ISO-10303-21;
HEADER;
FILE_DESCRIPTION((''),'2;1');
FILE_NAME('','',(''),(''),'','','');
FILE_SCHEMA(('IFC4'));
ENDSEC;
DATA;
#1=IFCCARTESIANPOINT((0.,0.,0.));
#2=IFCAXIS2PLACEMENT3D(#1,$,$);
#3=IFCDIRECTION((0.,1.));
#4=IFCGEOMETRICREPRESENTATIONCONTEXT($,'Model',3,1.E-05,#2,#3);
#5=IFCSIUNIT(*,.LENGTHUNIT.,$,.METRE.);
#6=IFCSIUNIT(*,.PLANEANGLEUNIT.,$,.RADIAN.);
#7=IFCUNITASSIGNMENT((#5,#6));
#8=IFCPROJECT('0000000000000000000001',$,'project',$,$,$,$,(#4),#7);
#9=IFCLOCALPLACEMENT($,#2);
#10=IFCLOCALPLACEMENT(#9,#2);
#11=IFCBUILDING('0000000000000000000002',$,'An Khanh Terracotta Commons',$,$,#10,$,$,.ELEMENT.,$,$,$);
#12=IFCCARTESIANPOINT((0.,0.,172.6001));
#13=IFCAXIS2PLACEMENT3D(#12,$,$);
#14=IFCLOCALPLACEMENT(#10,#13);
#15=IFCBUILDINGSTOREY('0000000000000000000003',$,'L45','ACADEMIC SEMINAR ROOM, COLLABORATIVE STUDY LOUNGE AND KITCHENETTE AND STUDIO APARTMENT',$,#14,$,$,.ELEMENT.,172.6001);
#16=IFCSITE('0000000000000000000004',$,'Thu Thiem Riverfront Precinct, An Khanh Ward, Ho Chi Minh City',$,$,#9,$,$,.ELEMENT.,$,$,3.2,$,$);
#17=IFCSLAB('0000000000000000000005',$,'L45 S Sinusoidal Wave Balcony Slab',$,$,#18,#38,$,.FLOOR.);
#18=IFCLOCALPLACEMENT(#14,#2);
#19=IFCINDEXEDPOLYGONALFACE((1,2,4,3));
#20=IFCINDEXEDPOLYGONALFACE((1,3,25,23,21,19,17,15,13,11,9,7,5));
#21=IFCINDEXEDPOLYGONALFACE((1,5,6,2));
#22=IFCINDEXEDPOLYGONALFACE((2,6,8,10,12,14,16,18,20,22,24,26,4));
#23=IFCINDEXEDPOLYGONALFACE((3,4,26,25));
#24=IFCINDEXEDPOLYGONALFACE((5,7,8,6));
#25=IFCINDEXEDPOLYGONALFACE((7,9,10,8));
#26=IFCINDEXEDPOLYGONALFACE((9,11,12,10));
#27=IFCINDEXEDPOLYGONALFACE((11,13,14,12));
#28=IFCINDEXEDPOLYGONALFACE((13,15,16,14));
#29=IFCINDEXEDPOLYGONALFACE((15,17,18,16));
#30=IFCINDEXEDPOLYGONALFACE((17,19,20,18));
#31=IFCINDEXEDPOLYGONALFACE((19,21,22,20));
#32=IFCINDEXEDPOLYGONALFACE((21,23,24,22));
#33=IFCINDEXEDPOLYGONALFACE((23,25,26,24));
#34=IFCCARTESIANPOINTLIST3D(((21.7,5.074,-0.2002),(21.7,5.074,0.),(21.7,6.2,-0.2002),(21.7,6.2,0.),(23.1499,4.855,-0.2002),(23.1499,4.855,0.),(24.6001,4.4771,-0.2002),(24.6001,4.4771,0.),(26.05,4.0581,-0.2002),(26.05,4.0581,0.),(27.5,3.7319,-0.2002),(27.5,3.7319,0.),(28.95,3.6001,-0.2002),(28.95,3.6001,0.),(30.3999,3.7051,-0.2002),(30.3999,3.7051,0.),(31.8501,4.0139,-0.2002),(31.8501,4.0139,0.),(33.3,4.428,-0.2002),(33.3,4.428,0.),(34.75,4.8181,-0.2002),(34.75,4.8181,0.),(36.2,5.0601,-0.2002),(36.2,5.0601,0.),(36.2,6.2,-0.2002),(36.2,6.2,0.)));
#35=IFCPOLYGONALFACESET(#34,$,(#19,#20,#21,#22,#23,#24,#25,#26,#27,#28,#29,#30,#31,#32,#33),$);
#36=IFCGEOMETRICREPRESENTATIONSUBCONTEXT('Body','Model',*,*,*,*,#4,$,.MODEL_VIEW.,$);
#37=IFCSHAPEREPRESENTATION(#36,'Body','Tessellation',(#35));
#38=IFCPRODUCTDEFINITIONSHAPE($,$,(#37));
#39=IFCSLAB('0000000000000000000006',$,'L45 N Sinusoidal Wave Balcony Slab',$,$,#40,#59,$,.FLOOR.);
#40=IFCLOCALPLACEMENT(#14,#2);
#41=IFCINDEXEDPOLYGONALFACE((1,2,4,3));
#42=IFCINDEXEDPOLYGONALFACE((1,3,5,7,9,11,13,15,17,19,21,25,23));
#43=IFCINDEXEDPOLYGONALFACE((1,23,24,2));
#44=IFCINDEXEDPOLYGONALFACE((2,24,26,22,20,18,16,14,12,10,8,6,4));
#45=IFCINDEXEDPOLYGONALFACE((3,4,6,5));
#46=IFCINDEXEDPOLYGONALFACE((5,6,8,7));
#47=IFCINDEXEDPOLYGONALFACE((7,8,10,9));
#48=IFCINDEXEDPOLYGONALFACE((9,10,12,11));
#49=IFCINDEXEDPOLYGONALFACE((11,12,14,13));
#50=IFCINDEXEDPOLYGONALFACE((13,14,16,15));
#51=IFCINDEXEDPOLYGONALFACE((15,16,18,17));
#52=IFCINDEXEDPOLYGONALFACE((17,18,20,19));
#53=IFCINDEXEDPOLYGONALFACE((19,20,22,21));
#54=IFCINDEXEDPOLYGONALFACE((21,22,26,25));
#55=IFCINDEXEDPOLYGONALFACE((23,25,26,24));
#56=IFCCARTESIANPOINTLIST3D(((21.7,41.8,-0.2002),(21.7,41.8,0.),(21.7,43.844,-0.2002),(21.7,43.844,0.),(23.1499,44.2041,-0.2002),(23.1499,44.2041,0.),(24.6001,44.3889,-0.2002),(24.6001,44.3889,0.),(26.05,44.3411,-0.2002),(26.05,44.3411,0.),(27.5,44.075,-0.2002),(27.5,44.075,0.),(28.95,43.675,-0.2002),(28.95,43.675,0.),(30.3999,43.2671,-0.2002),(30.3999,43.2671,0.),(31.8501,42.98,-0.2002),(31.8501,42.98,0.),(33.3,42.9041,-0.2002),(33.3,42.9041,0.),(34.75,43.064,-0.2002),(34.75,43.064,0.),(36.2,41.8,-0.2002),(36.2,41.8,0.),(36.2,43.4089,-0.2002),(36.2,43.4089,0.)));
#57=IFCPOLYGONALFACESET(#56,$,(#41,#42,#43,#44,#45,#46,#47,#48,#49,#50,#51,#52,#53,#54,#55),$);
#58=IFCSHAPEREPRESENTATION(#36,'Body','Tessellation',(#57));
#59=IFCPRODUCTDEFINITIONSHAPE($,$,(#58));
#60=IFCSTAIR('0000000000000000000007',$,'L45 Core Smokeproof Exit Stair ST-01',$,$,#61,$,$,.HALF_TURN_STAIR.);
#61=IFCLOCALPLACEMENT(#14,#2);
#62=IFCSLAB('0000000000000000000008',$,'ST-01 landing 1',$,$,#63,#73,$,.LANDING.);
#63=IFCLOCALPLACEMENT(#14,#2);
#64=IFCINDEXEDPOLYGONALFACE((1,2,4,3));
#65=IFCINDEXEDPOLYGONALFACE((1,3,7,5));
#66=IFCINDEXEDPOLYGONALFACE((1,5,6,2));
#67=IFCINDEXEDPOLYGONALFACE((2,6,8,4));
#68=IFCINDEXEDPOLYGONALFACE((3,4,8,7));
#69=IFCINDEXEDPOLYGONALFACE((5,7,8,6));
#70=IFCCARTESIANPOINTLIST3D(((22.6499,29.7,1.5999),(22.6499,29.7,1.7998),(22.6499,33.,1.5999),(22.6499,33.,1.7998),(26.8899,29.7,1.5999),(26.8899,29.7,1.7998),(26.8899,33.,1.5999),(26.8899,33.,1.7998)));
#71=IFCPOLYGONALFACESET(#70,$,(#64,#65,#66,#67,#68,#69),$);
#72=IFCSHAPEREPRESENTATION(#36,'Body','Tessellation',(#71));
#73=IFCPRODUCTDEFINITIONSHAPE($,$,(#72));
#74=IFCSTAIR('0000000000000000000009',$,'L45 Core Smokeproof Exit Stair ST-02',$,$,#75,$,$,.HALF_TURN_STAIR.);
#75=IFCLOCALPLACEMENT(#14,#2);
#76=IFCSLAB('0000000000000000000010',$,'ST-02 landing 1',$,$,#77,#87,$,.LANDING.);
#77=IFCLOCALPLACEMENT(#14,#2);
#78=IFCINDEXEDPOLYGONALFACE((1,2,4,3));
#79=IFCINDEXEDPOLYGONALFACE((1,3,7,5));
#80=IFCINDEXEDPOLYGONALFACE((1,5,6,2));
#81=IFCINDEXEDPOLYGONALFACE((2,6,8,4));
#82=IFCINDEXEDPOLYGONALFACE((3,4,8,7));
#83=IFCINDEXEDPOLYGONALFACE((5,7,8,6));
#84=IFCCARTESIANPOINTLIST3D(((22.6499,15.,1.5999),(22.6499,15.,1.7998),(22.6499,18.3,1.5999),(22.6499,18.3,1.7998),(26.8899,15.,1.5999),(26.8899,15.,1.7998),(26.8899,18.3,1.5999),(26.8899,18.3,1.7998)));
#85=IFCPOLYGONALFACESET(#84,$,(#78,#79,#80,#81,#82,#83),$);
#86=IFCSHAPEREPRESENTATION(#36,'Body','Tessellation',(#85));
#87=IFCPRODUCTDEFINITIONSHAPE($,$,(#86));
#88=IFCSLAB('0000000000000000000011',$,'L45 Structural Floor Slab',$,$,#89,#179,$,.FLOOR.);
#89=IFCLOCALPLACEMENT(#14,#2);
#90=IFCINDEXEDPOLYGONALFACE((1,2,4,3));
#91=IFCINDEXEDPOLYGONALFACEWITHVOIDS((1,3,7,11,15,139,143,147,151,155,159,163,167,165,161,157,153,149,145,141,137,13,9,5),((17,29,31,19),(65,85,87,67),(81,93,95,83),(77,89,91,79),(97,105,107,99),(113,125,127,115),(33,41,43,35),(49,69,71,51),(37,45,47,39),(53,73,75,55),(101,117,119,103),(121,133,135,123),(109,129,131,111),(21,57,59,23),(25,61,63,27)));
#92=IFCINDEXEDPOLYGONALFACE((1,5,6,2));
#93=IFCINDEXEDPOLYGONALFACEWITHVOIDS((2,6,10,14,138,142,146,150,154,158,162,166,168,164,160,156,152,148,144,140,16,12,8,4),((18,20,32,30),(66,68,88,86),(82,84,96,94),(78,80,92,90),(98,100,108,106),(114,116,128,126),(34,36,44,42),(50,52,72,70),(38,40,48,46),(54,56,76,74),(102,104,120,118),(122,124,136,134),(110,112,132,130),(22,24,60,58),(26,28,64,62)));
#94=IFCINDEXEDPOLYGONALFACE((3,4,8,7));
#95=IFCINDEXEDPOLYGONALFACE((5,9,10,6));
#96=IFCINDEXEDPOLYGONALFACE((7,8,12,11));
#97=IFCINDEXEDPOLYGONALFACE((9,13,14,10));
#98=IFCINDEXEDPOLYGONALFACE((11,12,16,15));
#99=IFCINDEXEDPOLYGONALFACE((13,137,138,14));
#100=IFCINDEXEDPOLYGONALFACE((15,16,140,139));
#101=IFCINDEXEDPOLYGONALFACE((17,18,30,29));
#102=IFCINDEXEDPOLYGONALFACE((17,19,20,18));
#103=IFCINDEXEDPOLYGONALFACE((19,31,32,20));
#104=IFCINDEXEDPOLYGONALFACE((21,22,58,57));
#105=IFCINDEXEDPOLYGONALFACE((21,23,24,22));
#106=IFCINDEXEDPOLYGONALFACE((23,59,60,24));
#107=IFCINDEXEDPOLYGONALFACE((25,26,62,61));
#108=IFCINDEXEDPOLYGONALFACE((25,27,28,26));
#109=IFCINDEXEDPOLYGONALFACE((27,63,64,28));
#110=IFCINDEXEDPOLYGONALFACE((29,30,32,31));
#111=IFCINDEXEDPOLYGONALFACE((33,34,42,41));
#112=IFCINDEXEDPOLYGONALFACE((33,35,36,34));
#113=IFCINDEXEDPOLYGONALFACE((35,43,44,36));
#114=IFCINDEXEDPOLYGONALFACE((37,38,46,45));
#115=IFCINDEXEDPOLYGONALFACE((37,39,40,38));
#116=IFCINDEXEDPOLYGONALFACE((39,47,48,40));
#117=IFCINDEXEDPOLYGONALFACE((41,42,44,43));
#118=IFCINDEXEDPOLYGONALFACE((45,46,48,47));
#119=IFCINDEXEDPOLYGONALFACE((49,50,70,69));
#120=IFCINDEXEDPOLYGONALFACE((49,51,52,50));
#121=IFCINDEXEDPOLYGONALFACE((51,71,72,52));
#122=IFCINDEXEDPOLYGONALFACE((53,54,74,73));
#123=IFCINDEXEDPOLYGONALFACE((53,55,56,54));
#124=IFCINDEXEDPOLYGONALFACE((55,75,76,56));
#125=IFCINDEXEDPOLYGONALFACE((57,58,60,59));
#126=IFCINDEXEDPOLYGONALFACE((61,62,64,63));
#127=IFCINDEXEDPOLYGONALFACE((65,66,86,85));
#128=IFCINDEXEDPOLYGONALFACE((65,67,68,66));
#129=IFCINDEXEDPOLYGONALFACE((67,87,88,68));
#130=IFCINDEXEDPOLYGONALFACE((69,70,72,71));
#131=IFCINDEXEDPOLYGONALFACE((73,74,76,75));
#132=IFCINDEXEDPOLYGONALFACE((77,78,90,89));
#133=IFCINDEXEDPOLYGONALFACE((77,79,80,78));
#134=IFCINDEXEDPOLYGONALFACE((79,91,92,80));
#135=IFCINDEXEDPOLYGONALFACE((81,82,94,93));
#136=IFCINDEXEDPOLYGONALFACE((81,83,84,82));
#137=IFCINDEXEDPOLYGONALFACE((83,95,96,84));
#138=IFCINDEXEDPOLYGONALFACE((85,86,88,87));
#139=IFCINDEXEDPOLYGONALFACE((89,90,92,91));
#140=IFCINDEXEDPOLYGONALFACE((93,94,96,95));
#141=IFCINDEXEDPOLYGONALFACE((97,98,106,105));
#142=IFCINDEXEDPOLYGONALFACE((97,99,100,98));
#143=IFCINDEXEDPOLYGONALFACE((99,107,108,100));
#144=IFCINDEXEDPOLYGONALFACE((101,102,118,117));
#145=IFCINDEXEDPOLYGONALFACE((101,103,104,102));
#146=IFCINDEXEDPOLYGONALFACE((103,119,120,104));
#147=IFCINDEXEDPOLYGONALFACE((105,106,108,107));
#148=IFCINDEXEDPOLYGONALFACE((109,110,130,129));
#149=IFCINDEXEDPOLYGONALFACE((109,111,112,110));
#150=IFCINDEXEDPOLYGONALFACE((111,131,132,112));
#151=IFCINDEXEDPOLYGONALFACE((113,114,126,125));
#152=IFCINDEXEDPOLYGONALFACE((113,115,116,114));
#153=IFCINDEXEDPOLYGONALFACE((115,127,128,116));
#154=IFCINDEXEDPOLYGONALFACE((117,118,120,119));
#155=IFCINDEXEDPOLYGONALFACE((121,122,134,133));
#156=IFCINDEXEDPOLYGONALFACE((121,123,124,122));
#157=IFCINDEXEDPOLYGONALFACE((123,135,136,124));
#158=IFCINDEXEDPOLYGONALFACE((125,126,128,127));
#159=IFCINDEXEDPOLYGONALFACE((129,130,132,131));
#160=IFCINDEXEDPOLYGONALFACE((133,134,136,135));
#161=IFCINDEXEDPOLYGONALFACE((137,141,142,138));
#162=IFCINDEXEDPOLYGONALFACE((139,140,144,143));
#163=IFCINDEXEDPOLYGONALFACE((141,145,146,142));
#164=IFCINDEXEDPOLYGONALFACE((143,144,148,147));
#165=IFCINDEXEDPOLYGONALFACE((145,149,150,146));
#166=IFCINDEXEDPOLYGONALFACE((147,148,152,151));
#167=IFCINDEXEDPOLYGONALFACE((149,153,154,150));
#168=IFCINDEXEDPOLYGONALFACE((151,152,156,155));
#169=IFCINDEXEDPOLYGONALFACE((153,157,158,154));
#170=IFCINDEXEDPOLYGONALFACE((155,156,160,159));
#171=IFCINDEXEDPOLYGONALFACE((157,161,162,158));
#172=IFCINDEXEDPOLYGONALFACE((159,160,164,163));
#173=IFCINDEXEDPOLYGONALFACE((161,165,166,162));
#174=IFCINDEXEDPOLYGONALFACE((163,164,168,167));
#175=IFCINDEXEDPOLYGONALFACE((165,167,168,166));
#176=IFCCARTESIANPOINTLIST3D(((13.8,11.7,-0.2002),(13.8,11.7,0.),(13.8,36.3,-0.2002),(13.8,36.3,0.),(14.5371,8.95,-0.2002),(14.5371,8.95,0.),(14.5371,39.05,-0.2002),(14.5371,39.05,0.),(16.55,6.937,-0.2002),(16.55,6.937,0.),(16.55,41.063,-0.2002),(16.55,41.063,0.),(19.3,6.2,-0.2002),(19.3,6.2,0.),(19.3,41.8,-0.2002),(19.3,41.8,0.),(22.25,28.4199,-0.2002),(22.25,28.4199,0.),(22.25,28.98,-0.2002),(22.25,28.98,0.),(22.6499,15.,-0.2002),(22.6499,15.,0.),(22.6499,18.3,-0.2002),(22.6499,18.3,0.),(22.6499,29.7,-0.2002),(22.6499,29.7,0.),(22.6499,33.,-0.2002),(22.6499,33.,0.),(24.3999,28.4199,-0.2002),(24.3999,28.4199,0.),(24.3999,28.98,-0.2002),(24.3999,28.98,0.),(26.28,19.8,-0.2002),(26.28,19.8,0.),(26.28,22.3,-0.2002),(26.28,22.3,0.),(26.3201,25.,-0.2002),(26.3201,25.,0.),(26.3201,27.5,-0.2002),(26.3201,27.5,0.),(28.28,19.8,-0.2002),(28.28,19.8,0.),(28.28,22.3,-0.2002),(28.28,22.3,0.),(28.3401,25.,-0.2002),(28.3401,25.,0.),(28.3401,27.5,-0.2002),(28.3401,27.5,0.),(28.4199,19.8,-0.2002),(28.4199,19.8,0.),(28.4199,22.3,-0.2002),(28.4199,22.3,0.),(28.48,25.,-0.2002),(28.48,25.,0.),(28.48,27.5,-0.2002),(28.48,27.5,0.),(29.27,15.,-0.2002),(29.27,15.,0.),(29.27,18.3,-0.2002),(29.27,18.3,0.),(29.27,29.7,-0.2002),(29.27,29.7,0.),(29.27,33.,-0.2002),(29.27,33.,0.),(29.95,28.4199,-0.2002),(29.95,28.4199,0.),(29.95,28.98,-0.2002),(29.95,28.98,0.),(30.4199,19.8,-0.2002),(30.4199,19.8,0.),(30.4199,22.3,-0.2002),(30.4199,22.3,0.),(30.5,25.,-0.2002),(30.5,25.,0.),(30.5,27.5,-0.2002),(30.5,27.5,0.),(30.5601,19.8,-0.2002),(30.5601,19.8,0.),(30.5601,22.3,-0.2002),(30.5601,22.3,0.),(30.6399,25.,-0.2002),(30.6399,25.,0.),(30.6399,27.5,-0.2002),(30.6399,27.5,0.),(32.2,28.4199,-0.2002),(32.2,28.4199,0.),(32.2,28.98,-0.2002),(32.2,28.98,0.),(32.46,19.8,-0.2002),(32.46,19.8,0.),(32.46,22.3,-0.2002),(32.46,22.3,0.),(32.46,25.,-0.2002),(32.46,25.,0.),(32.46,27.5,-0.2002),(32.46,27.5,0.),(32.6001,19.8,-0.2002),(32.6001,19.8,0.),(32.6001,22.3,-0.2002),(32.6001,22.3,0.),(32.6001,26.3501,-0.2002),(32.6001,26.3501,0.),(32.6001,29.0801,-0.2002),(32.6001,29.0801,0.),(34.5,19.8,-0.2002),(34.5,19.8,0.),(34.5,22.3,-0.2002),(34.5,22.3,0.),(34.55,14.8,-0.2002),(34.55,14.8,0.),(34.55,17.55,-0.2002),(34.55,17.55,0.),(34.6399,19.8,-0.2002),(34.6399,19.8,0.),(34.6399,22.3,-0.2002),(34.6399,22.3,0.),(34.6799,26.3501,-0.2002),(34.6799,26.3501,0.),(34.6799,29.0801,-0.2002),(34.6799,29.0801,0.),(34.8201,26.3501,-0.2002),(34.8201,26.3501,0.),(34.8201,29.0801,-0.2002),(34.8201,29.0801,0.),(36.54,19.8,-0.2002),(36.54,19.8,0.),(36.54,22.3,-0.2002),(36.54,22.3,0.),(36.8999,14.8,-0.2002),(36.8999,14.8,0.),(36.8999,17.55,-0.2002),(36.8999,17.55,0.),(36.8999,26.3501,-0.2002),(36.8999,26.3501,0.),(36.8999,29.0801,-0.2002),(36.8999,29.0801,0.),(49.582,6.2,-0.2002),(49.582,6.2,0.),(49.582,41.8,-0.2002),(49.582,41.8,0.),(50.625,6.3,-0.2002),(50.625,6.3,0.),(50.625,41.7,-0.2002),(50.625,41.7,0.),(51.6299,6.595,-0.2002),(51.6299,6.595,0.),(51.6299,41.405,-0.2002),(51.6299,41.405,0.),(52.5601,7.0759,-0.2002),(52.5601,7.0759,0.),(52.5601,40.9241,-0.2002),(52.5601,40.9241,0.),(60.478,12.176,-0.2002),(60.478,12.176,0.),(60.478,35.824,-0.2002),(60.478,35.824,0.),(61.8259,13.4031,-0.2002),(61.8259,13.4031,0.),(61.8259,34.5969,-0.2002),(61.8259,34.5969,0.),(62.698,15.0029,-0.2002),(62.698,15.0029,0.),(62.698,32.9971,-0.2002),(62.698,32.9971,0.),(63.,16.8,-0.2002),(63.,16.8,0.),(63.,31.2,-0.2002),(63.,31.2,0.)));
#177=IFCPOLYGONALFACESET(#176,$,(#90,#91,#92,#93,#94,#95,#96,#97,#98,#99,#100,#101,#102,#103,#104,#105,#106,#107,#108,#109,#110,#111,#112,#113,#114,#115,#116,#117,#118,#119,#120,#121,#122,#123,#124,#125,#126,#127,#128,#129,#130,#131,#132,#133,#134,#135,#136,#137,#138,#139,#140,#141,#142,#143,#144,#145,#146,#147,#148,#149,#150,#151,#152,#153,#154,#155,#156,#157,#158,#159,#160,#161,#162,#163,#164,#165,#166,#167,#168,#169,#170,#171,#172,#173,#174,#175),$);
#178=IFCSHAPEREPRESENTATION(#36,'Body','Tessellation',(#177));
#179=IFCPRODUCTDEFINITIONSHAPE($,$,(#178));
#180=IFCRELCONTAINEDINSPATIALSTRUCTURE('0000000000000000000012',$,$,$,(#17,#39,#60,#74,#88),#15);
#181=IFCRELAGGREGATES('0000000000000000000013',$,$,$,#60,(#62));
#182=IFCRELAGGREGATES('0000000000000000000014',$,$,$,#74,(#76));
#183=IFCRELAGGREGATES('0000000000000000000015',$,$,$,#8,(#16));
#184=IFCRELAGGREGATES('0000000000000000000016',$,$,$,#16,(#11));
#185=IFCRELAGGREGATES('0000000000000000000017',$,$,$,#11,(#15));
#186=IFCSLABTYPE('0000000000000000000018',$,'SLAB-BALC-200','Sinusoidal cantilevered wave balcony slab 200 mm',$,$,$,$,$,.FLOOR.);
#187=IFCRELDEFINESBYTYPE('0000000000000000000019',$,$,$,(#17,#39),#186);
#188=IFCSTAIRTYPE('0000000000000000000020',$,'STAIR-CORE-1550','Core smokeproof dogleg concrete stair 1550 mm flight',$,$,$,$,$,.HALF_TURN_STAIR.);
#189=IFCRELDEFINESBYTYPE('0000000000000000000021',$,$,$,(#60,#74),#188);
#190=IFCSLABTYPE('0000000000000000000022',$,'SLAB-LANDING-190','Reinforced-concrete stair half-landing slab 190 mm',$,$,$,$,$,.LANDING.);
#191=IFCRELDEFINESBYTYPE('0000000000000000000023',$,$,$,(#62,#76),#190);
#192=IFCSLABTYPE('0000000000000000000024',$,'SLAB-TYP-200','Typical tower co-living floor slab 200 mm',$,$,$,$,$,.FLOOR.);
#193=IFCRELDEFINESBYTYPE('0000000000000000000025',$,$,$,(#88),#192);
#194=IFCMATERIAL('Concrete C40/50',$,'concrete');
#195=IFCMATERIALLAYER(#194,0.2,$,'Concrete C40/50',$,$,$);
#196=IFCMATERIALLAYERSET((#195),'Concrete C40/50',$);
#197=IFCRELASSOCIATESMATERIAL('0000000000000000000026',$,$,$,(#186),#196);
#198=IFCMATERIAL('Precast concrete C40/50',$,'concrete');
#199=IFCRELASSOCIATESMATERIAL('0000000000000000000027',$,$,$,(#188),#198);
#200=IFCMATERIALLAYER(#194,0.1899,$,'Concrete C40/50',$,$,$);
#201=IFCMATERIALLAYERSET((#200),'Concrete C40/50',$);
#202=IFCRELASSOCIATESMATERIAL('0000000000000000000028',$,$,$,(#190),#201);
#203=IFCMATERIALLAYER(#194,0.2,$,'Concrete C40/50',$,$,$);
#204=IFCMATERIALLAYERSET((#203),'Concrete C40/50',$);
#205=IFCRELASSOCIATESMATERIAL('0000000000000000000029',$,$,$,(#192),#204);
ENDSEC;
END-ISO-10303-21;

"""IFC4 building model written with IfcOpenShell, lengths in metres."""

from ifc_helpers import new_model, si_unit, direction, frame, origin, place, context, subcontext, project, spatial, polyline, outline, extrude, material, layer, layer_set, type_object, element, aggregate, save


model = new_model("IFC4")

# Units and contexts
model_context = context("Model", 3, precision=1e-05, world=origin(), true_north=direction((0.0, 1.0)))
body_context = subcontext(model_context, "Body", "Model", "MODEL_VIEW")
ifc_project = project(units=[si_unit("LENGTHUNIT", "METRE"), si_unit("PLANEANGLEUNIT", "RADIAN")], contexts=[model_context])

# Site, building, storey
site_placement = place(None, origin())
site = spatial("IfcSite", under=ifc_project, at=site_placement, Name="Thu Thiem Riverfront Precinct, An Khanh Ward, Ho Chi Minh City", CompositionType="ELEMENT", RefElevation=3.2)
building_placement = place(site_placement, origin())
building = spatial("IfcBuilding", under=site, at=building_placement, Name="An Khanh Terracotta Commons", CompositionType="ELEMENT")
storey_placement = place(building_placement, frame((0.0, 0.0, 172.6001)))
storey = spatial("IfcBuildingStorey", under=building, at=storey_placement, Name="L45", Description="ACADEMIC SEMINAR ROOM, COLLABORATIVE STUDY LOUNGE AND KITCHENETTE AND STUDIO APARTMENT", CompositionType="ELEMENT", Elevation=172.6001)

# Slabs
ifc_material_1 = material(Name="Concrete C40/50", Category="concrete")
ifc_layer_1 = layer(ifc_material_1, 0.2, Name="Concrete C40/50")
ifc_layer_set_1 = layer_set([ifc_layer_1], Name="Concrete C40/50")
slab_type_1 = type_object("IfcSlabType", Name="SLAB-BALC-200", Description="Sinusoidal cantilevered wave balcony slab 200 mm", PredefinedType="FLOOR", material=ifc_layer_set_1)
slab_1_placement = place(storey_placement, frame((0.0, 0.0, -0.2002)))
element("IfcSlab", 1, at=slab_1_placement, inside=storey, type_object=slab_type_1, Name="L45 S Sinusoidal Wave Balcony Slab", PredefinedType="FLOOR", context=body_context, shape_type="SweptSolid", body=[
    extrude(outline(polyline([(21.7, 6.2), (21.7, 5.074), (23.1499, 4.855), (24.6001, 4.4771), (26.05, 4.0581), (27.5, 3.7319), (28.95, 3.6001), (30.3999, 3.7051), (31.8501, 4.0139), (33.3, 4.428), (34.75, 4.8181), (36.2, 5.0601), (36.2, 6.2), (21.7, 6.2)])), origin(), (0.0, 0.0, 1.0), 0.2002),
])
slab_2_placement = place(storey_placement, frame((0.0, 0.0, -0.2002)))
element("IfcSlab", 2, at=slab_2_placement, inside=storey, type_object=slab_type_1, Name="L45 N Sinusoidal Wave Balcony Slab", PredefinedType="FLOOR", context=body_context, shape_type="SweptSolid", body=[
    extrude(outline(polyline([(36.2, 41.8), (36.2, 43.4089), (34.75, 43.064), (33.3, 42.9041), (31.8501, 42.98), (30.3999, 43.2671), (28.95, 43.675), (27.5, 44.075), (26.05, 44.3411), (24.6001, 44.3889), (23.1499, 44.2041), (21.7, 43.844), (21.7, 41.8), (36.2, 41.8)])), origin(), (0.0, 0.0, 1.0), 0.2002),
])

# Stairs, slabs
ifc_material_2 = material(Name="Precast concrete C40/50", Category="concrete")
stair_type = type_object("IfcStairType", Name="STAIR-CORE-1550", Description="Core smokeproof dogleg concrete stair 1550 mm flight", PredefinedType="HALF_TURN_STAIR", material=ifc_material_2)
stair_1_placement = place(storey_placement, origin())
stair_1 = element("IfcStair", 3, at=stair_1_placement, inside=storey, type_object=stair_type, Name="L45 Core Smokeproof Exit Stair ST-01", PredefinedType="HALF_TURN_STAIR")
ifc_layer_2 = layer(ifc_material_1, 0.1899, Name="Concrete C40/50")
ifc_layer_set_2 = layer_set([ifc_layer_2], Name="Concrete C40/50")
slab_type_2 = type_object("IfcSlabType", Name="SLAB-LANDING-190", Description="Reinforced-concrete stair half-landing slab 190 mm", PredefinedType="LANDING", material=ifc_layer_set_2)
slab_3_placement = place(storey_placement, frame((0.0, 0.0, 1.5999)))
slab_3 = element("IfcSlab", 4, at=slab_3_placement, type_object=slab_type_2, Name="ST-01 landing 1", PredefinedType="LANDING", context=body_context, shape_type="SweptSolid", body=[
    extrude(outline(polyline([(26.8899, 33.0), (22.6499, 33.0), (22.6499, 29.7), (26.8899, 29.7), (26.8899, 33.0)])), origin(), (0.0, 0.0, 1.0), 0.2),
])
aggregate(stair_1, [slab_3])
stair_2_placement = place(storey_placement, origin())
stair_2 = element("IfcStair", 5, at=stair_2_placement, inside=storey, type_object=stair_type, Name="L45 Core Smokeproof Exit Stair ST-02", PredefinedType="HALF_TURN_STAIR")
slab_4_placement = place(storey_placement, frame((0.0, 0.0, 1.5999)))
slab_4 = element("IfcSlab", 6, at=slab_4_placement, type_object=slab_type_2, Name="ST-02 landing 1", PredefinedType="LANDING", context=body_context, shape_type="SweptSolid", body=[
    extrude(outline(polyline([(26.8899, 18.3), (22.6499, 18.3), (22.6499, 15.0), (26.8899, 15.0), (26.8899, 18.3)])), origin(), (0.0, 0.0, 1.0), 0.2),
])
aggregate(stair_2, [slab_4])

# Slab
ifc_layer_3 = layer(ifc_material_1, 0.2, Name="Concrete C40/50")
ifc_layer_set_3 = layer_set([ifc_layer_3], Name="Concrete C40/50")
slab_type_3 = type_object("IfcSlabType", Name="SLAB-TYP-200", Description="Typical tower co-living floor slab 200 mm", PredefinedType="FLOOR", material=ifc_layer_set_3)
slab_5_placement = place(storey_placement, frame((0.0, 0.0, -0.2002)))
element("IfcSlab", 7, at=slab_5_placement, inside=storey, type_object=slab_type_3, Name="L45 Structural Floor Slab", PredefinedType="FLOOR", context=body_context, shape_type="SweptSolid", body=[
    extrude(outline(polyline([(13.8, 11.7), (14.5371, 8.95), (16.55, 6.937), (19.3, 6.2), (49.582, 6.2), (50.625, 6.3), (51.6299, 6.595), (52.5601, 7.0759), (60.478, 12.176), (61.8259, 13.4031), (62.698, 15.0029), (63.0, 16.8), (63.0, 31.2), (62.698, 32.9971), (61.8259, 34.5969), (60.478, 35.824), (52.5601, 40.9241), (51.6299, 41.405), (50.625, 41.7), (49.582, 41.8), (19.3, 41.8), (16.55, 41.063), (14.5371, 39.05), (13.8, 36.3), (13.8, 11.7)]), holes=[polyline([(22.6499, 29.7), (29.27, 29.7), (29.27, 33.0), (22.6499, 33.0), (22.6499, 29.7)]), polyline([(22.6499, 15.0), (29.27, 15.0), (29.27, 18.3), (22.6499, 18.3), (22.6499, 15.0)]), polyline([(32.6001, 26.3501), (34.6799, 26.3501), (34.6799, 29.0801), (32.6001, 29.0801), (32.6001, 26.3501)]), polyline([(34.8201, 26.3501), (36.8999, 26.3501), (36.8999, 29.0801), (34.8201, 29.0801), (34.8201, 26.3501)]), polyline([(34.55, 14.8), (36.8999, 14.8), (36.8999, 17.55), (34.55, 17.55), (34.55, 14.8)]), polyline([(26.3201, 25.0), (28.3401, 25.0), (28.3401, 27.5), (26.3201, 27.5), (26.3201, 25.0)]), polyline([(28.48, 25.0), (30.5, 25.0), (30.5, 27.5), (28.48, 27.5), (28.48, 25.0)]), polyline([(26.28, 19.8), (28.28, 19.8), (28.28, 22.3), (26.28, 22.3), (26.28, 19.8)]), polyline([(28.4199, 19.8), (30.4199, 19.8), (30.4199, 22.3), (28.4199, 22.3), (28.4199, 19.8)]), polyline([(30.6399, 25.0), (32.46, 25.0), (32.46, 27.5), (30.6399, 27.5), (30.6399, 25.0)]), polyline([(30.5601, 19.8), (32.46, 19.8), (32.46, 22.3), (30.5601, 22.3), (30.5601, 19.8)]), polyline([(32.6001, 19.8), (34.5, 19.8), (34.5, 22.3), (32.6001, 22.3), (32.6001, 19.8)]), polyline([(34.6399, 19.8), (36.54, 19.8), (36.54, 22.3), (34.6399, 22.3), (34.6399, 19.8)]), polyline([(22.25, 28.4199), (24.3999, 28.4199), (24.3999, 28.98), (22.25, 28.98), (22.25, 28.4199)]), polyline([(29.95, 28.4199), (32.2, 28.4199), (32.2, 28.98), (29.95, 28.98), (29.95, 28.4199)])]), origin(), (0.0, 0.0, 1.0), 0.2002),
])

save(model, "model.ifc")
